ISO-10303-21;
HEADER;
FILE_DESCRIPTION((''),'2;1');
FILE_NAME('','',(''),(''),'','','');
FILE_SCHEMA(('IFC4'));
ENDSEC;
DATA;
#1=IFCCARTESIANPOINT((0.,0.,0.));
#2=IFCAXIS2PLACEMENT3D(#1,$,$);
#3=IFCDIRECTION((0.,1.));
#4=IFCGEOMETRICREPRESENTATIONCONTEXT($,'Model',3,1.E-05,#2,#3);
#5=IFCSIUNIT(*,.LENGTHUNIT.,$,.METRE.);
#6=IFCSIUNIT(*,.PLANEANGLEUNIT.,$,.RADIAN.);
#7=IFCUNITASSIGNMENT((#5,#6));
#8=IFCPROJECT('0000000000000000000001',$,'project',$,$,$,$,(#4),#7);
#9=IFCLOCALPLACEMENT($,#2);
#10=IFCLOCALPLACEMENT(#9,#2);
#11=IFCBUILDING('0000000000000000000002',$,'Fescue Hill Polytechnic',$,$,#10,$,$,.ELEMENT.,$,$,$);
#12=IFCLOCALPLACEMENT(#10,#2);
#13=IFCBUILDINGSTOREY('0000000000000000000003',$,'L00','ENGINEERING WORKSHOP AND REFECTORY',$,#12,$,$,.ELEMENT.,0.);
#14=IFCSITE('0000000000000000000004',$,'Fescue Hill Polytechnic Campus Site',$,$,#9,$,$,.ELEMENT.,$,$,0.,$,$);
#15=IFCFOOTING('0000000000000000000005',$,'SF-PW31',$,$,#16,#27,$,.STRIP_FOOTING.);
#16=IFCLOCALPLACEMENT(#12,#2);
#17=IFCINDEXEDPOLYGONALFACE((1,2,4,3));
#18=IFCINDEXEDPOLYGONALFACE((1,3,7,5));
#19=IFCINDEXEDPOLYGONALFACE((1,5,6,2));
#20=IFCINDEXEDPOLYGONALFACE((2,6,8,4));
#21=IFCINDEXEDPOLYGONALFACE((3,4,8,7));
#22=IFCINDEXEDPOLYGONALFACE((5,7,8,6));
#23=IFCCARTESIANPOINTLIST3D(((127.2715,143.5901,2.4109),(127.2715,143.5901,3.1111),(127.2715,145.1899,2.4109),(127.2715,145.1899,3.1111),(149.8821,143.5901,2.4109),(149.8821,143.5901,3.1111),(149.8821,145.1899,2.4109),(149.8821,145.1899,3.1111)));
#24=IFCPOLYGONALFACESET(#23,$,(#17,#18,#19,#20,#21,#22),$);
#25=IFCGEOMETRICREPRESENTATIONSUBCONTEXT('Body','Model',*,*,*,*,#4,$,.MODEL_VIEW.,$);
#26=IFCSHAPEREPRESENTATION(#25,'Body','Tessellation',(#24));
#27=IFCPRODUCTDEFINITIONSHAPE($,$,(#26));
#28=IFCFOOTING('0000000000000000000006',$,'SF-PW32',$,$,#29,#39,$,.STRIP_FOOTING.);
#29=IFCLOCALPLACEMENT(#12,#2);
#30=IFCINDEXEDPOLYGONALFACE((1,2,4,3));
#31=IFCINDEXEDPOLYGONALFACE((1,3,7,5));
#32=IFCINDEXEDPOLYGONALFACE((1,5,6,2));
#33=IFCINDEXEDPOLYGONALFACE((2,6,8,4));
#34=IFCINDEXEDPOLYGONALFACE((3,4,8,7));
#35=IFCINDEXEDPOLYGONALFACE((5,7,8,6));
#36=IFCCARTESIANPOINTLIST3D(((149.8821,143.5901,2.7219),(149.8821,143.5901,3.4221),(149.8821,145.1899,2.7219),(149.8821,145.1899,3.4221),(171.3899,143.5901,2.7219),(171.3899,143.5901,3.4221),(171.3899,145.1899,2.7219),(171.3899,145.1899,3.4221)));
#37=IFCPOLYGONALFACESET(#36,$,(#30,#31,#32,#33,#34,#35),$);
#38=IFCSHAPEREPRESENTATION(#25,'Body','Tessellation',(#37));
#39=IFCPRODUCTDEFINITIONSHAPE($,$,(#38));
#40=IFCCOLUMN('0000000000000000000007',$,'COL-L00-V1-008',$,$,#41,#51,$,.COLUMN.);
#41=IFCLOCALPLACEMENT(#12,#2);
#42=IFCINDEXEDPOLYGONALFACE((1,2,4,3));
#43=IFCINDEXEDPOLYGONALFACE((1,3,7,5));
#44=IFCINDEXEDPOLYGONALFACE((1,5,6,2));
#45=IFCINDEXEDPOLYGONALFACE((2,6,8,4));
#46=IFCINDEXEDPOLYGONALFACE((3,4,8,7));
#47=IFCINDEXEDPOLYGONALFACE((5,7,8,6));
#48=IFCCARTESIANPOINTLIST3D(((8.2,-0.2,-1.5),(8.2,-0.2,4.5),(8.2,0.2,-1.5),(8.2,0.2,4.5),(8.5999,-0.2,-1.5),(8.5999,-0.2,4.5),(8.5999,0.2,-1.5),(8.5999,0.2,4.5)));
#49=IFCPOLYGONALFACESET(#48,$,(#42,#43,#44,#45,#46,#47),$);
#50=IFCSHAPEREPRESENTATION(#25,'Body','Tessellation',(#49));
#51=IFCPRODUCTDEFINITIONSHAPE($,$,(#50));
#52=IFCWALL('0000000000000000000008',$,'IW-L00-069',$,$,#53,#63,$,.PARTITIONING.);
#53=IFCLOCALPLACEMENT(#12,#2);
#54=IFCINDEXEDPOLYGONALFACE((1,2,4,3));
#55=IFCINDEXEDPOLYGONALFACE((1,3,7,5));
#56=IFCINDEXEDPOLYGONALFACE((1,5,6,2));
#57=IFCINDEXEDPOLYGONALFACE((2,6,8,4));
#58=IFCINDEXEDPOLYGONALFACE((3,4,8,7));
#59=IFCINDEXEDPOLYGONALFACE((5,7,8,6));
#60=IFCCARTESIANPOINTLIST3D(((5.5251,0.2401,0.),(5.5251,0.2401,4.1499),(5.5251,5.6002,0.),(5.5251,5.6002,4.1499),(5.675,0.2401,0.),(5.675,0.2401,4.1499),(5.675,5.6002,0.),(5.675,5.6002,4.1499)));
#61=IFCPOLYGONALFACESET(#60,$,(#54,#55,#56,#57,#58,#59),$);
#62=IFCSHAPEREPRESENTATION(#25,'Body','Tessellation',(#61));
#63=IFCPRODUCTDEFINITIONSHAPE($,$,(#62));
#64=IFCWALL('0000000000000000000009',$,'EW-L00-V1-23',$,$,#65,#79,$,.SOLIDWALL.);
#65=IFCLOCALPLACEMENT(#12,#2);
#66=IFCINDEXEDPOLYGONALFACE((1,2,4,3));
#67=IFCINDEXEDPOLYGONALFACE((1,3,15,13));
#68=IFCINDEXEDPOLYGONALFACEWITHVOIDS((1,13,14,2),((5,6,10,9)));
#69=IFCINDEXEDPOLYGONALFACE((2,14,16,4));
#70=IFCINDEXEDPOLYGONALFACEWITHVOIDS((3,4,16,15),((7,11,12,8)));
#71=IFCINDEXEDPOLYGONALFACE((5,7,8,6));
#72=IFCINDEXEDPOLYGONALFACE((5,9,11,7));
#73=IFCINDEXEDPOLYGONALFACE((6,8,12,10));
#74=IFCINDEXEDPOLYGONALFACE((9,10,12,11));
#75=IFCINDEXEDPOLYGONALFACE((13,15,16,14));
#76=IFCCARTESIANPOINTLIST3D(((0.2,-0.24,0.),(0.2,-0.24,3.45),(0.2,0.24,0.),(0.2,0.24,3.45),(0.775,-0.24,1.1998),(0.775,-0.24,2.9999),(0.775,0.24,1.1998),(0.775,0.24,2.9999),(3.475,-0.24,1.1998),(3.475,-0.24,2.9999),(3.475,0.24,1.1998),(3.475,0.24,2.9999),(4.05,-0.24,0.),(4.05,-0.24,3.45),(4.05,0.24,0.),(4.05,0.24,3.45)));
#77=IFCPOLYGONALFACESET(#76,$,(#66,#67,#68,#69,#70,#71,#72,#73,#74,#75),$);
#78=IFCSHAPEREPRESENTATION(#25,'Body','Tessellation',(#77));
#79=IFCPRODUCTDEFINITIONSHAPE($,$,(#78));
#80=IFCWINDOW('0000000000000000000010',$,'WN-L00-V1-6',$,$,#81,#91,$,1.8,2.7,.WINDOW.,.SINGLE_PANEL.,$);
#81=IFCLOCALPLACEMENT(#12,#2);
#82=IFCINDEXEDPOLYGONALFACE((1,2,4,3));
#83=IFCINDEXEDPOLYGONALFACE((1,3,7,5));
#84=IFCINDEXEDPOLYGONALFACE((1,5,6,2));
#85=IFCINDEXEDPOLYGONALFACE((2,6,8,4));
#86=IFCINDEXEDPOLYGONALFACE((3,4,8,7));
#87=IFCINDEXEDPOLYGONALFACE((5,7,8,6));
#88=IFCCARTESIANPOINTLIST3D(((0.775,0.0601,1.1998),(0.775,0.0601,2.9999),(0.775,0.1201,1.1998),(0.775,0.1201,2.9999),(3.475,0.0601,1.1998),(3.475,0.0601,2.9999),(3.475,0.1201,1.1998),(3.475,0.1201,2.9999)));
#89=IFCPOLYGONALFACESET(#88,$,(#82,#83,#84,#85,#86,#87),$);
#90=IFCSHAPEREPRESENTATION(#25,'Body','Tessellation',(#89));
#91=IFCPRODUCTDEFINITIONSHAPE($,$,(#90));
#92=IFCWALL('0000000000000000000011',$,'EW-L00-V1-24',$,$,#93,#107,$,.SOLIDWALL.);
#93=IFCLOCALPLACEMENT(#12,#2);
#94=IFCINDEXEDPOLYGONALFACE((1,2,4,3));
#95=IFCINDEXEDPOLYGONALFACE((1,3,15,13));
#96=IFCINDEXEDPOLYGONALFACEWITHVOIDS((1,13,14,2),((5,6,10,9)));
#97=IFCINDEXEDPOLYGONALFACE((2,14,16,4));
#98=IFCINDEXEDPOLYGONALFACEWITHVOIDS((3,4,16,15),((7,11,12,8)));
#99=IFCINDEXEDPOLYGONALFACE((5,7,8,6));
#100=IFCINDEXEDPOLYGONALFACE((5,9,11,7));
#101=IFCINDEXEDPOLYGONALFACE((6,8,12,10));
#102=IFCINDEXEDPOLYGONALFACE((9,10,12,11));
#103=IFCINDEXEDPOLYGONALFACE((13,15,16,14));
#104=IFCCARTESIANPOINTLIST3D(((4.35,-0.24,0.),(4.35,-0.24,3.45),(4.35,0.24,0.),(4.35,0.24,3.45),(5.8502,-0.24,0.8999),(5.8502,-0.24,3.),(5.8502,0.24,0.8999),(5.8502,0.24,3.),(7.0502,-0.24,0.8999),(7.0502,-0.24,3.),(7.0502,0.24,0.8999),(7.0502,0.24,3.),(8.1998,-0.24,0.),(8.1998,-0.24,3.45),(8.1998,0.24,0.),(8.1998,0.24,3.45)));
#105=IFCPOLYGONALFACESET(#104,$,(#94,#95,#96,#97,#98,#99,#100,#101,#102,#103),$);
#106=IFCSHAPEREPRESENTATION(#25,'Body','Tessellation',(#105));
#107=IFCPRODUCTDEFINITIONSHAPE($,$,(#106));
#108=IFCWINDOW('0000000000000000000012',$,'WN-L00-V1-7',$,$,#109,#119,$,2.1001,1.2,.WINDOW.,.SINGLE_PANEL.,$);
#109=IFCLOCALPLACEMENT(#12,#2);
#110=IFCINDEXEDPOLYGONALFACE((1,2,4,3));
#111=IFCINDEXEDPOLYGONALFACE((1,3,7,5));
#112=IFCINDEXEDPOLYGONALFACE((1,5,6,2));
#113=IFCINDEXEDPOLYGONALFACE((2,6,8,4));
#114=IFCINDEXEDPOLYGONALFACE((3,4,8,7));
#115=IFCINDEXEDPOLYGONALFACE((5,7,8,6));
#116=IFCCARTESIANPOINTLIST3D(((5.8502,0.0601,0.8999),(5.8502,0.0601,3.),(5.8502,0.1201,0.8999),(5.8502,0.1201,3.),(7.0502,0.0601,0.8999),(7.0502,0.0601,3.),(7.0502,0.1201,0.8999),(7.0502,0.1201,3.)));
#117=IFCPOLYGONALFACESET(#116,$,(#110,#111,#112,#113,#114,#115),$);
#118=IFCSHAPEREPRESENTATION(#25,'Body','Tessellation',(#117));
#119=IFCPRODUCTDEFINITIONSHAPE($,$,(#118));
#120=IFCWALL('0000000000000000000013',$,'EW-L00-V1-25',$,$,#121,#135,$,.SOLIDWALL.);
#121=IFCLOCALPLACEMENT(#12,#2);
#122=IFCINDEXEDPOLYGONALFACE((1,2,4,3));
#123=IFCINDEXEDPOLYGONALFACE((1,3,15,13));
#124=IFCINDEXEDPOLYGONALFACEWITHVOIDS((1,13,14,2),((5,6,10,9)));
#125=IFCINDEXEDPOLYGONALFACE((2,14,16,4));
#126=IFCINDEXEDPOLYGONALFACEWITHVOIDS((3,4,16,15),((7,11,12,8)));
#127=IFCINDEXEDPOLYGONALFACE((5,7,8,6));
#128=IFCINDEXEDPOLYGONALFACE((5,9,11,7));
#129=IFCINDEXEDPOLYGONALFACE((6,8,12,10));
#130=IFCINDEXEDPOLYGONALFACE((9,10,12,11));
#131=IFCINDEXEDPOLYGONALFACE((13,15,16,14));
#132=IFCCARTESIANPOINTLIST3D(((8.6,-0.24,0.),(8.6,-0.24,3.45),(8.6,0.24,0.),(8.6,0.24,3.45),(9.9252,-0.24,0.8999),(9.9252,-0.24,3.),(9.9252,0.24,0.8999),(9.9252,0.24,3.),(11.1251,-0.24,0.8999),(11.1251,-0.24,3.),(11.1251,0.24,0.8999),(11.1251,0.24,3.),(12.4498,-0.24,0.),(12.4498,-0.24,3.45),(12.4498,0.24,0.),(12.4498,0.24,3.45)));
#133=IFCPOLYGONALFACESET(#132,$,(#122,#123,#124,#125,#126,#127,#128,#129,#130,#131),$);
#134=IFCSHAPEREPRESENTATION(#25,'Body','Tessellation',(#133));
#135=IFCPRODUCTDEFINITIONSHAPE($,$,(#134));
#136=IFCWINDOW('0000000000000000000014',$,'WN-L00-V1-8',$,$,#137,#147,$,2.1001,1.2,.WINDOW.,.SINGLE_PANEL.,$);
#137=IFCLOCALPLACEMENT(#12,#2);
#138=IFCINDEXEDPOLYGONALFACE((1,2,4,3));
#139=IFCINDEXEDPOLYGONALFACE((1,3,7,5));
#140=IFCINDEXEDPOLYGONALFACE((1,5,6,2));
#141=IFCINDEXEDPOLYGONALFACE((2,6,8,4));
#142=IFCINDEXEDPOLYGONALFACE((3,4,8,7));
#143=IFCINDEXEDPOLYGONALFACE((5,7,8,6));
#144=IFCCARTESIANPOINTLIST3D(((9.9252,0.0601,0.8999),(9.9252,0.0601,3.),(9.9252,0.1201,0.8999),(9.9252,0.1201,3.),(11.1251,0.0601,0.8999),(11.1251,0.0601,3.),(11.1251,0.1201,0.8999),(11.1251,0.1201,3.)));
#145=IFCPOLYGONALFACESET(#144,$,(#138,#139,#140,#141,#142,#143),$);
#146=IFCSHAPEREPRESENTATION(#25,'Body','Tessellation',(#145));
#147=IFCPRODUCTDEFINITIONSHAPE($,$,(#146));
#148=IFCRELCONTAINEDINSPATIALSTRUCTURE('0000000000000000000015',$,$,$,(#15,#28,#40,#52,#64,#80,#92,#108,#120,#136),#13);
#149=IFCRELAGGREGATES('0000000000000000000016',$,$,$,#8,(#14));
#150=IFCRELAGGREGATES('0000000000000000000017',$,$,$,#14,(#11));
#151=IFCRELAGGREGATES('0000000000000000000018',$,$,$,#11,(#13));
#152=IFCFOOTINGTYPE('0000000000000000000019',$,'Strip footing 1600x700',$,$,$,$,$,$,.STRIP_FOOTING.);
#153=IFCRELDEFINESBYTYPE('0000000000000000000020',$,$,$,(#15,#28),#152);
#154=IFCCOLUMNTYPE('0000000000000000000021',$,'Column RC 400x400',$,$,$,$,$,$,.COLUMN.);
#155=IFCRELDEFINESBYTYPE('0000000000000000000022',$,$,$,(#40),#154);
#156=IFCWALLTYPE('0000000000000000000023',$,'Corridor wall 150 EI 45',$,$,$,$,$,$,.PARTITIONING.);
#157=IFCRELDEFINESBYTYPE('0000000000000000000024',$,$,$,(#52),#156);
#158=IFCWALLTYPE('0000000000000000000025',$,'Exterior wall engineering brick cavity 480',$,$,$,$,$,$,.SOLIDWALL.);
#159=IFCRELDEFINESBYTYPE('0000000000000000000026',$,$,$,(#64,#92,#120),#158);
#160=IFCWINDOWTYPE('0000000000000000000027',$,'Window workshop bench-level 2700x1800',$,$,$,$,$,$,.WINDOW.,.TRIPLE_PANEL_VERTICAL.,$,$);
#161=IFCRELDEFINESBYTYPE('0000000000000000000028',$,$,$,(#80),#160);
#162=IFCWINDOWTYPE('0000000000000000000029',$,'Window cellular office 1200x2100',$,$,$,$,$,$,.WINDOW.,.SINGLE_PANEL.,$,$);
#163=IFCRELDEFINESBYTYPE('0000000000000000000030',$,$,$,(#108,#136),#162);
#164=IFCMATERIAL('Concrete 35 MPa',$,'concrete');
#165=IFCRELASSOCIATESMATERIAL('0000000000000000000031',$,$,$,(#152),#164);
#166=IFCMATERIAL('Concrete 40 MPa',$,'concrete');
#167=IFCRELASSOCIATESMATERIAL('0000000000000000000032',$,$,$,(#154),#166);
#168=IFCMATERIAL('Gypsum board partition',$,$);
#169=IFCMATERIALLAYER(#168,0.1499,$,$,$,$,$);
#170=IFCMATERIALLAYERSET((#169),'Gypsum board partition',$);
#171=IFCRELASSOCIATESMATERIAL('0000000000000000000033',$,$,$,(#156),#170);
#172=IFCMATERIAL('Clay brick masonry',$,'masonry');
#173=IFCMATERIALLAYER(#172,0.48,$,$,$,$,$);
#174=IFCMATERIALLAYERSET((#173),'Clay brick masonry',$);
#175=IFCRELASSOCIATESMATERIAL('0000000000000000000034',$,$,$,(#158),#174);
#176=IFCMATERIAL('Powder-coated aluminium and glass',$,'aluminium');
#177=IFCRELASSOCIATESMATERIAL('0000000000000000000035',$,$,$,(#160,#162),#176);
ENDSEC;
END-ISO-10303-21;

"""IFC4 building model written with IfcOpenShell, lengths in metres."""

from ifc_helpers import new_model, si_unit, direction, frame, frame_2d, origin, origin_2d, place, context, subcontext, project, spatial, polyline, rectangle, outline, extrude, material, layer, layer_set, material_profile, profile_set, type_object, element, fill, save


model = new_model("IFC4")

# Units and contexts
model_context = context("Model", 3, precision=1e-05, world=origin(), true_north=direction((0.0, 1.0)))
body_context = subcontext(model_context, "Body", "Model", "MODEL_VIEW")
ifc_project = project(units=[si_unit("LENGTHUNIT", "METRE"), si_unit("PLANEANGLEUNIT", "RADIAN")], contexts=[model_context])

# Site, building, storey
site_placement = place(None, origin())
site = spatial("IfcSite", under=ifc_project, at=site_placement, Name="Fescue Hill Polytechnic Campus Site", CompositionType="ELEMENT", RefElevation=0.0)
building_placement = place(site_placement, origin())
building = spatial("IfcBuilding", under=site, at=building_placement, Name="Fescue Hill Polytechnic", CompositionType="ELEMENT")
storey_placement = place(building_placement, origin())
storey = spatial("IfcBuildingStorey", under=building, at=storey_placement, Name="L00", Description="ENGINEERING WORKSHOP AND REFECTORY", CompositionType="ELEMENT", Elevation=0.0)

# Footings
ifc_material_1 = material(Name="Concrete 35 MPa", Category="concrete")
footing_type = type_object("IfcFootingType", Name="Strip footing 1600x700", PredefinedType="STRIP_FOOTING", material=ifc_material_1)
footing_1_placement = place(storey_placement, frame((0.0, 0.0, 2.4109)))
element("IfcFooting", 1, at=footing_1_placement, inside=storey, type_object=footing_type, Name="SF-PW31", PredefinedType="STRIP_FOOTING", context=body_context, shape_type="SweptSolid", body=[
    extrude(outline(polyline([(127.2715, 143.5901), (149.8821, 143.5901), (149.8821, 145.1899), (127.2715, 145.1899), (127.2715, 143.5901)])), origin(), (0.0, 0.0, 1.0), 0.7002),
])
footing_2_placement = place(storey_placement, frame((0.0, 0.0, 2.7219)))
element("IfcFooting", 2, at=footing_2_placement, inside=storey, type_object=footing_type, Name="SF-PW32", PredefinedType="STRIP_FOOTING", context=body_context, shape_type="SweptSolid", body=[
    extrude(outline(polyline([(149.8821, 143.5901), (171.3899, 143.5901), (171.3899, 145.1899), (149.8821, 145.1899), (149.8821, 143.5901)])), origin(), (0.0, 0.0, 1.0), 0.7002),
])

# Column
ifc_material_2 = material(Name="Concrete 40 MPa", Category="concrete")
ifc_material_profile = material_profile(ifc_material_2, rectangle(XDim=0.3999, YDim=0.3999, at=origin_2d()), Name="RC 400x400")
ifc_profile_set = profile_set([ifc_material_profile], Name="Concrete 40 MPa")
column_type = type_object("IfcColumnType", Name="Column RC 400x400", PredefinedType="COLUMN", material=ifc_profile_set)
column_placement = place(storey_placement, frame((8.3999, 0.0, -1.5), z_axis=(0.0, 0.0, 1.0), x_axis=(1.0, 0.0, 0.0)))
element("IfcColumn", 3, at=column_placement, inside=storey, type_object=column_type, Name="COL-L00-V1-008", PredefinedType="COLUMN", context=body_context, shape_type="SweptSolid", body=[
    extrude(rectangle(XDim=0.3999, YDim=0.3999, at=origin_2d()), origin(), (0.0, 0.0, 1.0), 6.0),
])

# Wall
ifc_material_3 = material(Name="Gypsum board partition")
ifc_layer_1 = layer(ifc_material_3, 0.1499)
ifc_layer_set_1 = layer_set([ifc_layer_1], Name="Gypsum board partition")
wall_type_1 = type_object("IfcWallType", Name="Corridor wall 150 EI 45", PredefinedType="PARTITIONING", material=ifc_layer_set_1)
wall_1_placement = place(storey_placement, frame((5.6001, 0.24, 0.0), z_axis=(0.0, 0.0, 1.0), x_axis=(0.0, 1.0, 0.0)))
element("IfcWall", 4, at=wall_1_placement, inside=storey, type_object=wall_type_1, Name="IW-L00-069", PredefinedType="PARTITIONING", context=body_context, shape_type="SweptSolid", body=[
    extrude(rectangle(XDim=5.3601, YDim=0.1499, at=frame_2d((2.6802, 0.0))), origin(), (0.0, 0.0, 1.0), 4.1499),
])

# Walls, openings, windows
ifc_material_4 = material(Name="Clay brick masonry", Category="masonry")
ifc_layer_2 = layer(ifc_material_4, 0.48)
ifc_layer_set_2 = layer_set([ifc_layer_2], Name="Clay brick masonry")
wall_type_2 = type_object("IfcWallType", Name="Exterior wall engineering brick cavity 480", PredefinedType="SOLIDWALL", material=ifc_layer_set_2)
wall_2_placement = place(storey_placement, frame((0.2, 0.0, 0.0), z_axis=(0.0, 0.0, 1.0), x_axis=(1.0, 0.0, 0.0)))
wall_2 = element("IfcWall", 5, at=wall_2_placement, inside=storey, type_object=wall_type_2, Name="EW-L00-V1-23", PredefinedType="SOLIDWALL", context=body_context, shape_type="SweptSolid", body=[
    extrude(rectangle(XDim=3.8501, YDim=0.48, at=frame_2d((1.925, 0.0))), origin(), (0.0, 0.0, 1.0), 3.45),
])
opening_1_placement = place(wall_2_placement, frame((0.575, 0.0, 1.2)))
opening_1 = element("IfcOpeningElement", 6, at=opening_1_placement, cuts=wall_2, PredefinedType="OPENING", context=body_context, shape_type="SweptSolid", body=[
    extrude(rectangle(XDim=2.7, YDim=1.8, at=frame_2d((1.3501, 0.8999))), frame((0.0, 0.25, 0.0), z_axis=(0.0, -1.0, 0.0), x_axis=(1.0, 0.0, 0.0)), (0.0, 0.0, 1.0), 0.5),
])
ifc_material_5 = material(Name="Powder-coated aluminium and glass", Category="aluminium")
window_type_1 = type_object("IfcWindowType", Name="Window workshop bench-level 2700x1800", PartitioningType="TRIPLE_PANEL_VERTICAL", PredefinedType="WINDOW", material=ifc_material_5)
window_1_placement = place(opening_1_placement, origin())
window_1 = element("IfcWindow", 7, at=window_1_placement, inside=storey, type_object=window_type_1, Name="WN-L00-V1-6", OverallHeight=1.8, OverallWidth=2.7, PartitioningType="SINGLE_PANEL", PredefinedType="WINDOW", context=body_context, shape_type="SweptSolid", body=[
    extrude(rectangle(XDim=2.7, YDim=1.8, at=frame_2d((1.3501, 0.8999))), frame((0.0, 0.1201, 0.0), z_axis=(0.0, -1.0, 0.0), x_axis=(1.0, 0.0, 0.0)), (0.0, 0.0, 1.0), 0.0601),
])
fill(opening_1, window_1)
wall_3_placement = place(storey_placement, frame((4.3501, 0.0, 0.0), z_axis=(0.0, 0.0, 1.0), x_axis=(1.0, 0.0, 0.0)))
wall_3 = element("IfcWall", 8, at=wall_3_placement, inside=storey, type_object=wall_type_2, Name="EW-L00-V1-24", PredefinedType="SOLIDWALL", context=body_context, shape_type="SweptSolid", body=[
    extrude(rectangle(XDim=3.8499, YDim=0.48, at=frame_2d((1.9248, 0.0))), origin(), (0.0, 0.0, 1.0), 3.45),
])
opening_2_placement = place(wall_3_placement, frame((1.5, 0.0, 0.8999)))
opening_2 = element("IfcOpeningElement", 9, at=opening_2_placement, cuts=wall_3, PredefinedType="OPENING", context=body_context, shape_type="SweptSolid", body=[
    extrude(rectangle(XDim=1.2, YDim=2.1001, at=frame_2d((0.6001, 1.05))), frame((0.0, 0.25, 0.0), z_axis=(0.0, -1.0, 0.0), x_axis=(1.0, 0.0, 0.0)), (0.0, 0.0, 1.0), 0.5),
])
window_type_2 = type_object("IfcWindowType", Name="Window cellular office 1200x2100", PartitioningType="SINGLE_PANEL", PredefinedType="WINDOW", material=ifc_material_5)
window_2_placement = place(opening_2_placement, origin())
window_2 = element("IfcWindow", 10, at=window_2_placement, inside=storey, type_object=window_type_2, Name="WN-L00-V1-7", OverallHeight=2.1001, OverallWidth=1.2, PartitioningType="SINGLE_PANEL", PredefinedType="WINDOW", context=body_context, shape_type="SweptSolid", body=[
    extrude(rectangle(XDim=1.2, YDim=2.1001, at=frame_2d((0.6001, 1.05))), frame((0.0, 0.1201, 0.0), z_axis=(0.0, -1.0, 0.0), x_axis=(1.0, 0.0, 0.0)), (0.0, 0.0, 1.0), 0.0601),
])
fill(opening_2, window_2)
wall_4_placement = place(storey_placement, frame((8.6001, 0.0, 0.0), z_axis=(0.0, 0.0, 1.0), x_axis=(1.0, 0.0, 0.0)))
wall_4 = element("IfcWall", 11, at=wall_4_placement, inside=storey, type_object=wall_type_2, Name="EW-L00-V1-25", PredefinedType="SOLIDWALL", context=body_context, shape_type="SweptSolid", body=[
    extrude(rectangle(XDim=3.8499, YDim=0.48, at=frame_2d((1.9248, 0.0))), origin(), (0.0, 0.0, 1.0), 3.45),
])
opening_3_placement = place(wall_4_placement, frame((1.325, 0.0, 0.8999)))
opening_3 = element("IfcOpeningElement", 12, at=opening_3_placement, cuts=wall_4, PredefinedType="OPENING", context=body_context, shape_type="SweptSolid", body=[
    extrude(rectangle(XDim=1.2, YDim=2.1001, at=frame_2d((0.6001, 1.05))), frame((0.0, 0.25, 0.0), z_axis=(0.0, -1.0, 0.0), x_axis=(1.0, 0.0, 0.0)), (0.0, 0.0, 1.0), 0.5),
])
window_3_placement = place(opening_3_placement, origin())
window_3 = element("IfcWindow", 13, at=window_3_placement, inside=storey, type_object=window_type_2, Name="WN-L00-V1-8", OverallHeight=2.1001, OverallWidth=1.2, PartitioningType="SINGLE_PANEL", PredefinedType="WINDOW", context=body_context, shape_type="SweptSolid", body=[
    extrude(rectangle(XDim=1.2, YDim=2.1001, at=frame_2d((0.6001, 1.05))), frame((0.0, 0.1201, 0.0), z_axis=(0.0, -1.0, 0.0), x_axis=(1.0, 0.0, 0.0)), (0.0, 0.0, 1.0), 0.0601),
])
fill(opening_3, window_3)

save(model, "model.ifc")
